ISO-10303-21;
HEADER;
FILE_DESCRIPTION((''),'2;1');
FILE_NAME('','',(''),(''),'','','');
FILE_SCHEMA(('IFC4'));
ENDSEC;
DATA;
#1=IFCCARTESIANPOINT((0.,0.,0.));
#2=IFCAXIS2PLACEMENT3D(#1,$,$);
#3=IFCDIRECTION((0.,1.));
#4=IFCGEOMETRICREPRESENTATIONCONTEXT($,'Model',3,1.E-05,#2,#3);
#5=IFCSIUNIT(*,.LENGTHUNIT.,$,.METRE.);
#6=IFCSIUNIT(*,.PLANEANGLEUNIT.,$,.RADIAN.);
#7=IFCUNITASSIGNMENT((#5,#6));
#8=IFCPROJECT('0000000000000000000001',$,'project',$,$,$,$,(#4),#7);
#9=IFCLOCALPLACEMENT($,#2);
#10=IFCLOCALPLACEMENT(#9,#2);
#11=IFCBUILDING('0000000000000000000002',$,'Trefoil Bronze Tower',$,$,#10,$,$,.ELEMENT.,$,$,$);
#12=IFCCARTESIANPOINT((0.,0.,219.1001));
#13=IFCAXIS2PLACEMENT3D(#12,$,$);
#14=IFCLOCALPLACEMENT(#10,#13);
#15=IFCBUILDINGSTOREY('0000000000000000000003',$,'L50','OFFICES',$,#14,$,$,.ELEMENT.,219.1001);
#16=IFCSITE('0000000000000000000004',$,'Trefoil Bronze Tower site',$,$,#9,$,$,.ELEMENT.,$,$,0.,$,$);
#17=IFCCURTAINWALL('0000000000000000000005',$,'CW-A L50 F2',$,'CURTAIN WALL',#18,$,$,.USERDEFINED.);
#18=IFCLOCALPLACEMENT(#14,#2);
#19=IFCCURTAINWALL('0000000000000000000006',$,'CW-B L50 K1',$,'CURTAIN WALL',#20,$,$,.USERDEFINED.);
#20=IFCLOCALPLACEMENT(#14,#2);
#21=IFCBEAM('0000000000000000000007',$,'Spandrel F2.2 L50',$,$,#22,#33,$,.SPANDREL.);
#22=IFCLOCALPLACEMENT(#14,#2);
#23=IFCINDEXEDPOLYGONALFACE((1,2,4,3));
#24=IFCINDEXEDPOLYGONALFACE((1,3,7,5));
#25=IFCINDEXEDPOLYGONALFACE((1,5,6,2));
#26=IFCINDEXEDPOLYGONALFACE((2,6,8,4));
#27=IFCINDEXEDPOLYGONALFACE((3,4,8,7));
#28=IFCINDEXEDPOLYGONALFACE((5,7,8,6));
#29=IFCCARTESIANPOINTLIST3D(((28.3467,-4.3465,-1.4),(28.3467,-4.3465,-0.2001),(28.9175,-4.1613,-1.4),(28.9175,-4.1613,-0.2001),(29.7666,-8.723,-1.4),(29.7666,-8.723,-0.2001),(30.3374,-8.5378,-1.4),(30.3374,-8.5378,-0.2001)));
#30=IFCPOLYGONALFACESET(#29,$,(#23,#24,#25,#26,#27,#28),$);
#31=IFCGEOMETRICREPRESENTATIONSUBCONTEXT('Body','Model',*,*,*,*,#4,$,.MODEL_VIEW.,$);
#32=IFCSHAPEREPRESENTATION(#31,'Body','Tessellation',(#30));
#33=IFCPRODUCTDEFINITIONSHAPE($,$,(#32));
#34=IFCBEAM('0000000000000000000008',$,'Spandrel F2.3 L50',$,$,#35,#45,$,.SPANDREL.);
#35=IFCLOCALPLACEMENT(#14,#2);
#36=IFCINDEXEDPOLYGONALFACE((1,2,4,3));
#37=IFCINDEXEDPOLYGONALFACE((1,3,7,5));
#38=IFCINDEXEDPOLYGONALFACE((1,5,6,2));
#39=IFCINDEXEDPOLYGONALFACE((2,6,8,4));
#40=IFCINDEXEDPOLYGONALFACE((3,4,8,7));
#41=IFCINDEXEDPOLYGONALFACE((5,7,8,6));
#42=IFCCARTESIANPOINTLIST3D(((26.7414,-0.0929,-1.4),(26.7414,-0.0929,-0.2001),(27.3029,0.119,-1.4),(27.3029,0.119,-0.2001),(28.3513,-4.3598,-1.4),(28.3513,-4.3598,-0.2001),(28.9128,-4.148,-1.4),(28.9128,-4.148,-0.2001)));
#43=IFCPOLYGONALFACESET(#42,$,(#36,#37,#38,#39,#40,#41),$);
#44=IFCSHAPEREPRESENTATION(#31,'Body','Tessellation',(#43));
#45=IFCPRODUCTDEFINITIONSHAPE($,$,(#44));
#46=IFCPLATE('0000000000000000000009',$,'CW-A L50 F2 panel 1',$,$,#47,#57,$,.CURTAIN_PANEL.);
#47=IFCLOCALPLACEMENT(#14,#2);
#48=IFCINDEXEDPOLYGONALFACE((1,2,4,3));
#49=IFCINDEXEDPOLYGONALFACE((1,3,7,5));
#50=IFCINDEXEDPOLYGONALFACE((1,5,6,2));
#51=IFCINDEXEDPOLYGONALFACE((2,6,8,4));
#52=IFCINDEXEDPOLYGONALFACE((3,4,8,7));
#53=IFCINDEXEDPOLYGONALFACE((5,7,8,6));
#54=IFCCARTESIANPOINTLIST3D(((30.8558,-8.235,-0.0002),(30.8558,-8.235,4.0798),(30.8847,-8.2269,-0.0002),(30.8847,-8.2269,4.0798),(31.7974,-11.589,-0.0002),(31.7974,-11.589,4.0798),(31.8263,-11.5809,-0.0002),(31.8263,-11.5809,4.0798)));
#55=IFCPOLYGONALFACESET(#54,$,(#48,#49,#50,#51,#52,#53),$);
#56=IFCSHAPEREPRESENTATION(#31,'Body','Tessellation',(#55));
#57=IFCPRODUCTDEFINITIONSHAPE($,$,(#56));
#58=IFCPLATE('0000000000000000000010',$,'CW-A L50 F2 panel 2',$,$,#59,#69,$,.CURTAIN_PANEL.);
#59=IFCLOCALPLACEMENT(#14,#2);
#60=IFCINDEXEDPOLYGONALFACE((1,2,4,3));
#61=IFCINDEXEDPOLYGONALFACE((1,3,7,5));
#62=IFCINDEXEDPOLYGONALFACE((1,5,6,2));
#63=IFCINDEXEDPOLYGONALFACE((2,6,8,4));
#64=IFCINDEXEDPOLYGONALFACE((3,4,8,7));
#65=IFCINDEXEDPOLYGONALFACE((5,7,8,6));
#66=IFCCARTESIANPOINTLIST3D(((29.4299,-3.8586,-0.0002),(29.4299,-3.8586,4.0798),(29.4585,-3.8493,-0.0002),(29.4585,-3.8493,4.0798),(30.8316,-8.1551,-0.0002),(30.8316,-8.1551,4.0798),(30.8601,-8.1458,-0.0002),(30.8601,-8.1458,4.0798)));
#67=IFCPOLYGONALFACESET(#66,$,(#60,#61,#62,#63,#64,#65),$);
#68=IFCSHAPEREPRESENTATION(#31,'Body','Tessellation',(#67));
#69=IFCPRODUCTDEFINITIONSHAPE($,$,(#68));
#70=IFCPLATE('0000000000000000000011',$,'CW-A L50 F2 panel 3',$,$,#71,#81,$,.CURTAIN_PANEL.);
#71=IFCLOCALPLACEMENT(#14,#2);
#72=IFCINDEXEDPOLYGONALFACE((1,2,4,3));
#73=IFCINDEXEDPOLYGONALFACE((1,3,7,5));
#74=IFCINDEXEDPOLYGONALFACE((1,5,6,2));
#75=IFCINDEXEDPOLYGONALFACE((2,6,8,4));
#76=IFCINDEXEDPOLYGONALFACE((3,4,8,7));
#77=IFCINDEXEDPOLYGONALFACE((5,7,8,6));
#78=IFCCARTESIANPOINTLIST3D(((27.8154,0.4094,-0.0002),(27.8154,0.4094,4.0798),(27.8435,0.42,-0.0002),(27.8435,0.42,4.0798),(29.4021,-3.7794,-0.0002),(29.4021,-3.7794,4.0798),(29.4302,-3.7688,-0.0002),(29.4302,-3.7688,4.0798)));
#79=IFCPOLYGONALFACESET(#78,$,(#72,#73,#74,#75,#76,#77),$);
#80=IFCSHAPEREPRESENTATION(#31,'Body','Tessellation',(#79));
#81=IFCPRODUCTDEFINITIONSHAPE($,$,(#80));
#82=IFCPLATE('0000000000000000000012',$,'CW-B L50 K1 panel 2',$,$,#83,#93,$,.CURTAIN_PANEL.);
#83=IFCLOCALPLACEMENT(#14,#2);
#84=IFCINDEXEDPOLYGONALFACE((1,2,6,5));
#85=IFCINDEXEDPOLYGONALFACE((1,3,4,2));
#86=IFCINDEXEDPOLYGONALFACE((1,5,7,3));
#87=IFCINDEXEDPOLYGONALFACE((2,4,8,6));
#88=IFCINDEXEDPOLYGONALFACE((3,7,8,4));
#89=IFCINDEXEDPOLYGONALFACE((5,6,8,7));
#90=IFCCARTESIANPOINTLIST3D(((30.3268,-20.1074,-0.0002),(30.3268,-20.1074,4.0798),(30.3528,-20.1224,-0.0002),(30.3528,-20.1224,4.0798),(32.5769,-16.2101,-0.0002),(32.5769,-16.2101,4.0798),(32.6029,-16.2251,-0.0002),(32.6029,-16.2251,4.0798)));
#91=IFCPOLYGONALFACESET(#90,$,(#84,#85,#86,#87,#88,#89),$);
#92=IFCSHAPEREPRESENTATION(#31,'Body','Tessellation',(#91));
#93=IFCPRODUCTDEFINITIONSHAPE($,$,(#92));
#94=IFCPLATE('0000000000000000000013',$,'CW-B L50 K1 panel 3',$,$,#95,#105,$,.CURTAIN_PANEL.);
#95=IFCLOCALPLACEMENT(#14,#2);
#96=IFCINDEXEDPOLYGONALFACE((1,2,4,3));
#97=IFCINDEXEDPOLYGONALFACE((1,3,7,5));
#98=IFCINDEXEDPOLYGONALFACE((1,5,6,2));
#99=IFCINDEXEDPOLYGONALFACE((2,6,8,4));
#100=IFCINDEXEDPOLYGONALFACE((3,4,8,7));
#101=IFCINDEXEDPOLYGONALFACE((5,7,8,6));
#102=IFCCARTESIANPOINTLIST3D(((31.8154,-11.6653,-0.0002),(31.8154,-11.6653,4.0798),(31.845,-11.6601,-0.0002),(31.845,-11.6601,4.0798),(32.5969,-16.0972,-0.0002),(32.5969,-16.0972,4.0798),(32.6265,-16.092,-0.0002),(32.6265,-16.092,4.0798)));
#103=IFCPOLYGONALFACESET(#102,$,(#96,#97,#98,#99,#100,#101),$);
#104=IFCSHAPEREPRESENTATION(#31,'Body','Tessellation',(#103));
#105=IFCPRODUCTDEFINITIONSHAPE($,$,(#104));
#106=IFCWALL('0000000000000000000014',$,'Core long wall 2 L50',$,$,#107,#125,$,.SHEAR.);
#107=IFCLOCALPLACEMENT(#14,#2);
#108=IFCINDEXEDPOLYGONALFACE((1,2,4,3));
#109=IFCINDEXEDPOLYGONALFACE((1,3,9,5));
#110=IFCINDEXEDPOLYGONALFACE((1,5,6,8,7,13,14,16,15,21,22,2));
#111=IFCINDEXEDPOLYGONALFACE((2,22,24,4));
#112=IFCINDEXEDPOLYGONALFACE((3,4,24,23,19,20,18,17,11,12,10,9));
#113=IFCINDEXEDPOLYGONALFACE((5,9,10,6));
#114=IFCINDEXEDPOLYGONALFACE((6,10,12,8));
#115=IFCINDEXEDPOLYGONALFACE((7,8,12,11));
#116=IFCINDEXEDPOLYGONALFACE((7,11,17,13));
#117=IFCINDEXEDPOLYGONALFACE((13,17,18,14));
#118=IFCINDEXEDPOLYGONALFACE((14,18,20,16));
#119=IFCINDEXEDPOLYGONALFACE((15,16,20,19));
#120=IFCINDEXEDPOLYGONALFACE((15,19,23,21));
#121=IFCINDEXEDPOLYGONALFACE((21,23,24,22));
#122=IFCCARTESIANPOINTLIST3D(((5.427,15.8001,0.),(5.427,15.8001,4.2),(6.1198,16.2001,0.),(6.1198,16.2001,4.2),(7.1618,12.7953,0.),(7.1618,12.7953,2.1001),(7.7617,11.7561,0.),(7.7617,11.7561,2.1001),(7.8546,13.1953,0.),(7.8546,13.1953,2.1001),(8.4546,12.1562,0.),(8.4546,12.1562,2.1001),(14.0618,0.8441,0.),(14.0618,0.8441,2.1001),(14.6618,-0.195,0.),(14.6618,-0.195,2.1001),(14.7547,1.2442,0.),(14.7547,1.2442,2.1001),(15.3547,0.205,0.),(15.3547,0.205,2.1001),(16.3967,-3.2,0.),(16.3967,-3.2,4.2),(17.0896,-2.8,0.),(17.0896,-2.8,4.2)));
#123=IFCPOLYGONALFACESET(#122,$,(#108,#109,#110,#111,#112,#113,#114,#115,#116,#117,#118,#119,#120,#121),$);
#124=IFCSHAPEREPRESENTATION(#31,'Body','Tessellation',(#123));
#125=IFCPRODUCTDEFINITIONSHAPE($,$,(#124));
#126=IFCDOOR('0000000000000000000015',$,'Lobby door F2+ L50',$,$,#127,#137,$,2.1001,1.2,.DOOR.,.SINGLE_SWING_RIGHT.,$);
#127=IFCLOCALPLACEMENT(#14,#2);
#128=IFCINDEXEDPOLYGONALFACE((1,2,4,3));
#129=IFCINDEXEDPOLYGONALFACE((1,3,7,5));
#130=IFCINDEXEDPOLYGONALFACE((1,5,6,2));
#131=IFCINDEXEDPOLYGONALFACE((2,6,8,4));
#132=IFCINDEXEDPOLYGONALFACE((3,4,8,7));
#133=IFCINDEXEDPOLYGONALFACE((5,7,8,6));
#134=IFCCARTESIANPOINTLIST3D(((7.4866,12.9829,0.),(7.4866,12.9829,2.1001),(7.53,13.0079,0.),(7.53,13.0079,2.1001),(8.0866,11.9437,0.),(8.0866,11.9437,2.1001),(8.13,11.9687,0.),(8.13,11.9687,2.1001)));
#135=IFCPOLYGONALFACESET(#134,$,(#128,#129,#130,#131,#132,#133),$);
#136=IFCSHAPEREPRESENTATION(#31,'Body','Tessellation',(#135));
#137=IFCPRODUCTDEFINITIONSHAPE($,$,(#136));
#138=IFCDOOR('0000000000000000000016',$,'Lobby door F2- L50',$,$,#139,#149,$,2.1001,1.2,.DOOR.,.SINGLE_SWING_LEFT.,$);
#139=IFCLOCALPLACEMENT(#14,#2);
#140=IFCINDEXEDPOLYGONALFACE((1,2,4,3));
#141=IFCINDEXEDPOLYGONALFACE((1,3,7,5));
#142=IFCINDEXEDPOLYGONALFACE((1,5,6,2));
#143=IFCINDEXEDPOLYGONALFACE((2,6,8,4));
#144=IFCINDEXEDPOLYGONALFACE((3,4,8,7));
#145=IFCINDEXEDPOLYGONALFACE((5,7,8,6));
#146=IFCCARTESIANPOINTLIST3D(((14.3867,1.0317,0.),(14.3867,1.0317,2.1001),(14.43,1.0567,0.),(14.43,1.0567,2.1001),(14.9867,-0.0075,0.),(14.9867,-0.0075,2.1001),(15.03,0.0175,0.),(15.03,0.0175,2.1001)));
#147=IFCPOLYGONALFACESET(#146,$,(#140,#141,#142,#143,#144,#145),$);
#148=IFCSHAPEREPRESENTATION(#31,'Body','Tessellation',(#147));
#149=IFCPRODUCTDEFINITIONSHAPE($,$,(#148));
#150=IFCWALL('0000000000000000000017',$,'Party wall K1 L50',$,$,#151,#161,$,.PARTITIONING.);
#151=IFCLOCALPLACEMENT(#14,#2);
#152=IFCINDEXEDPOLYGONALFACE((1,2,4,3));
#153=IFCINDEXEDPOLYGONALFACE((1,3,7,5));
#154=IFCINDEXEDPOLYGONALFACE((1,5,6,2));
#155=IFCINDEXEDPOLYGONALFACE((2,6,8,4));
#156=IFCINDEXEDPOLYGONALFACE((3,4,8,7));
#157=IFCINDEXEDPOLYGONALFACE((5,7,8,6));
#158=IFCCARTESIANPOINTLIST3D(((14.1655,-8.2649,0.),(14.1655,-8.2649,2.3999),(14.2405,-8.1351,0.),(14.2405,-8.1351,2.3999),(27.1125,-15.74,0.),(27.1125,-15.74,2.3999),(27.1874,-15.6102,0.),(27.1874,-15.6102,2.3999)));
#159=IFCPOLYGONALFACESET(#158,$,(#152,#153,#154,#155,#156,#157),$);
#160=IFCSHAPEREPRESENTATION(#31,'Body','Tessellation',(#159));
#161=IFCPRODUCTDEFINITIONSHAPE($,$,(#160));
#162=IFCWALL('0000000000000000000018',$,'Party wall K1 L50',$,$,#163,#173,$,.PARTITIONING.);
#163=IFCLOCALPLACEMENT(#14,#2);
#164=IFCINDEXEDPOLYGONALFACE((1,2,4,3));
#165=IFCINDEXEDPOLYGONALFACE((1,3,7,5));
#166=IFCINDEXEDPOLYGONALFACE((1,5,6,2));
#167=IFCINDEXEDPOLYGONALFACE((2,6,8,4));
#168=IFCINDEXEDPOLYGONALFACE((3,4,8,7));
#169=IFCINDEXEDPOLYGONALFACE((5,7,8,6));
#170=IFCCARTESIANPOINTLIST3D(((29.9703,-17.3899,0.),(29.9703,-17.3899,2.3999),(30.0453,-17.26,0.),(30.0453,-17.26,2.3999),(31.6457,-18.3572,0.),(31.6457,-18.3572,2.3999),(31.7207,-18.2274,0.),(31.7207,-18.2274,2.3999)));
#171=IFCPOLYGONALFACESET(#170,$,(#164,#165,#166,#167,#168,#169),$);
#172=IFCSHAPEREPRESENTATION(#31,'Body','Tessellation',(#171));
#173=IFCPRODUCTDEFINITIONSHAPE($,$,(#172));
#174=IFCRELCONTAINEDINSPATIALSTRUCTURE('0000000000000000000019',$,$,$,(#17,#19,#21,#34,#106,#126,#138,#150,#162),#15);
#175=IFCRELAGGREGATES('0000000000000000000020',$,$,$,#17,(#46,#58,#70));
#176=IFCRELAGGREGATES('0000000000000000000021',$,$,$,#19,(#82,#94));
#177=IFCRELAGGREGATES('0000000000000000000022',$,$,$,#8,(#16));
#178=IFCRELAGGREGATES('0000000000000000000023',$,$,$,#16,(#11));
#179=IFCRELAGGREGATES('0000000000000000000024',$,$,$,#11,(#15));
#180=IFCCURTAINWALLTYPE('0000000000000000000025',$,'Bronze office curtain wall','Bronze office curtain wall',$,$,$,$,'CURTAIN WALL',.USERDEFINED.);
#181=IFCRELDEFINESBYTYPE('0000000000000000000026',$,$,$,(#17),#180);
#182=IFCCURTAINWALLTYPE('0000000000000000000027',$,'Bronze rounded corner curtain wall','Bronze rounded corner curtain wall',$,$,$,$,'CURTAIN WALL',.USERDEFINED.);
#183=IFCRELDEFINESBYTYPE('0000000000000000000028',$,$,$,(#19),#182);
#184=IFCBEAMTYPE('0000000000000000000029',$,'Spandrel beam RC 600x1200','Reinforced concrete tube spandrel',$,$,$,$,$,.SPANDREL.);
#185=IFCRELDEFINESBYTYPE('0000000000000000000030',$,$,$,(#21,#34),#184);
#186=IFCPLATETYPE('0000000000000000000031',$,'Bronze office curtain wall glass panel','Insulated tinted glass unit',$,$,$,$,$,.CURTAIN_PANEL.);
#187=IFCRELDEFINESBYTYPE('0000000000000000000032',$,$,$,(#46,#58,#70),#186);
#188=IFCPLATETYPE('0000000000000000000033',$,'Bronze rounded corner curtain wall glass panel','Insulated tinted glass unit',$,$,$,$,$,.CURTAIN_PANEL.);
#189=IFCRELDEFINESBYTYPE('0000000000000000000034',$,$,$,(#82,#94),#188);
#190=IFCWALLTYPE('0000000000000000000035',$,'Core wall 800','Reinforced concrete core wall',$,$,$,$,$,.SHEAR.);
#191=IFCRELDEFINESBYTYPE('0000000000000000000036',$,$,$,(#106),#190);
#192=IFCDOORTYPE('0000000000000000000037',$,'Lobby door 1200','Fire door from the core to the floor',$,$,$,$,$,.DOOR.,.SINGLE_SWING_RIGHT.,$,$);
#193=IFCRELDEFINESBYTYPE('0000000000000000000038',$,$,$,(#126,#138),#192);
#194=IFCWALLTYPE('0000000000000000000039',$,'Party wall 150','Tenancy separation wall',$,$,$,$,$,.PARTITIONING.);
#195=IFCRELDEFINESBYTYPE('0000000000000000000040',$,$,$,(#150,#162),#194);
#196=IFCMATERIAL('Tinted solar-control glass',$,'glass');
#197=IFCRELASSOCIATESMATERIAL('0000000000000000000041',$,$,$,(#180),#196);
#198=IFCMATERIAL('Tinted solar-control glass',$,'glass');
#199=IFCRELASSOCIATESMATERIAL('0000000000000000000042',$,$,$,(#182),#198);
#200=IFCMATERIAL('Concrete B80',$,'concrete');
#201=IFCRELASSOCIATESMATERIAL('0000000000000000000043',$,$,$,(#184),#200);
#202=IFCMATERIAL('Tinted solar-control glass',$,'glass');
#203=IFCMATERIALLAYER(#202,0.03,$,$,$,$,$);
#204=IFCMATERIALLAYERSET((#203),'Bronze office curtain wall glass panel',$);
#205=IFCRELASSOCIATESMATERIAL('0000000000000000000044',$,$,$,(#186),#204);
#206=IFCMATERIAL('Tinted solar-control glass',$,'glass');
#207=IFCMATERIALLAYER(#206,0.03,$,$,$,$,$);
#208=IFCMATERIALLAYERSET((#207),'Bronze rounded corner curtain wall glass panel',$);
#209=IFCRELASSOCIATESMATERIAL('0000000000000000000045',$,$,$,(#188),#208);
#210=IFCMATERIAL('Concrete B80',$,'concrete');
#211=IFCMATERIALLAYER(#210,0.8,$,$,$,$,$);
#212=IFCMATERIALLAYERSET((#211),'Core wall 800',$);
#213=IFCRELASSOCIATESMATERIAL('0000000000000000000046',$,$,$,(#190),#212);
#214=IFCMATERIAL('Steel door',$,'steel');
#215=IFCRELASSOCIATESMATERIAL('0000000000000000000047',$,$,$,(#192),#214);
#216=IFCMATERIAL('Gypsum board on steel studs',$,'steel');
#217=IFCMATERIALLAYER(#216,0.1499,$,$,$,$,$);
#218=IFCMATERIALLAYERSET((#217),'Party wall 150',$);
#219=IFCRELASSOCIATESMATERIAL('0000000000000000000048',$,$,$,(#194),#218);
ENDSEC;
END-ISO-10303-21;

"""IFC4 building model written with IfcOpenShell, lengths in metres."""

from ifc_helpers import new_model, si_unit, direction, frame, frame_2d, origin, origin_2d, place, context, subcontext, project, spatial, rectangle, extrude, material, layer, layer_set, material_profile, profile_set, type_object, element, fill, aggregate, save


model = new_model("IFC4")

# Units and contexts
model_context = context("Model", 3, precision=1e-05, world=origin(), true_north=direction((0.0, 1.0)))
body_context = subcontext(model_context, "Body", "Model", "MODEL_VIEW")
ifc_project = project(units=[si_unit("LENGTHUNIT", "METRE"), si_unit("PLANEANGLEUNIT", "RADIAN")], contexts=[model_context])

# Site, building, storey
site_placement = place(None, origin())
site = spatial("IfcSite", under=ifc_project, at=site_placement, Name="Trefoil Bronze Tower site", CompositionType="ELEMENT", RefElevation=0.0)
building_placement = place(site_placement, origin())
building = spatial("IfcBuilding", under=site, at=building_placement, Name="Trefoil Bronze Tower", CompositionType="ELEMENT")
storey_placement = place(building_placement, frame((0.0, 0.0, 219.1001)))
storey = spatial("IfcBuildingStorey", under=building, at=storey_placement, Name="L50", Description="OFFICES", CompositionType="ELEMENT", Elevation=219.1001)

# Curtain walls
ifc_material_1 = material(Name="Tinted solar-control glass", Category="glass")
curtain_wall_type_1 = type_object("IfcCurtainWallType", Name="Bronze office curtain wall", Description="Bronze office curtain wall", ElementType="CURTAIN WALL", PredefinedType="USERDEFINED", material=ifc_material_1)
curtain_wall_1_placement = place(storey_placement, origin())
curtain_wall_1 = element("IfcCurtainWall", 1, at=curtain_wall_1_placement, inside=storey, type_object=curtain_wall_type_1, Name="CW-A L50 F2", ObjectType="CURTAIN WALL", PredefinedType="USERDEFINED")
ifc_material_2 = material(Name="Tinted solar-control glass", Category="glass")
curtain_wall_type_2 = type_object("IfcCurtainWallType", Name="Bronze rounded corner curtain wall", Description="Bronze rounded corner curtain wall", ElementType="CURTAIN WALL", PredefinedType="USERDEFINED", material=ifc_material_2)
curtain_wall_2_placement = place(storey_placement, origin())
curtain_wall_2 = element("IfcCurtainWall", 2, at=curtain_wall_2_placement, inside=storey, type_object=curtain_wall_type_2, Name="CW-B L50 K1", ObjectType="CURTAIN WALL", PredefinedType="USERDEFINED")

# Beams
ifc_material_3 = material(Name="Concrete B80", Category="concrete")
ifc_material_profile_1 = material_profile(ifc_material_3, rectangle(XDim=0.6001, YDim=1.2, at=origin_2d()), Name="RC 600x1200")
ifc_profile_set_1 = profile_set([ifc_material_profile_1], Name="Concrete B80")
beam_type_1 = type_object("IfcBeamType", Name="Spandrel beam RC 600x1200", Description="Reinforced concrete tube spandrel", PredefinedType="SPANDREL", material=ifc_profile_set_1)
beam_1_placement = place(storey_placement, frame((30.052, -8.6304, -0.8), z_axis=(-0.308609, 0.951189, 0.0), x_axis=(-0.951189, -0.308609, 0.0)))
element("IfcBeam", 3, at=beam_1_placement, inside=storey, type_object=beam_type_1, Name="Spandrel F2.2 L50", PredefinedType="SPANDREL", context=body_context, shape_type="SweptSolid", body=[
    extrude(rectangle(XDim=0.6001, YDim=1.2, at=origin_2d()), origin(), (0.0, 0.0, 1.0), 4.6011),
])
beam_2_placement = place(storey_placement, frame((28.6321, -4.2539, -0.8), z_axis=(-0.353006, 0.935621, 0.0), x_axis=(-0.935621, -0.353006, 0.0)))
element("IfcBeam", 4, at=beam_2_placement, inside=storey, type_object=beam_type_1, Name="Spandrel F2.3 L50", PredefinedType="SPANDREL", context=body_context, shape_type="SweptSolid", body=[
    extrude(rectangle(XDim=0.6001, YDim=1.2, at=origin_2d()), origin(), (0.0, 0.0, 1.0), 4.5605),
])

# Plates
ifc_material_4 = material(Name="Tinted solar-control glass", Category="glass")
ifc_layer_1 = layer(ifc_material_4, 0.03)
ifc_layer_set_1 = layer_set([ifc_layer_1], Name="Bronze office curtain wall glass panel")
plate_type_1 = type_object("IfcPlateType", Name="Bronze office curtain wall glass panel", Description="Insulated tinted glass unit", PredefinedType="CURTAIN_PANEL", material=ifc_layer_set_1)
plate_1_placement = place(storey_placement, frame((31.3411, -9.908, -0.0002), z_axis=(0.0, 0.0, 1.0), x_axis=(-0.270282, 0.962781, 0.0)))
plate_1 = element("IfcPlate", 5, at=plate_1_placement, type_object=plate_type_1, Name="CW-A L50 F2 panel 1", PredefinedType="CURTAIN_PANEL", context=body_context, shape_type="SweptSolid", body=[
    extrude(rectangle(XDim=3.4836, YDim=0.03, at=origin_2d()), origin(), (0.0, 0.0, 1.0), 4.0801),
])
plate_2_placement = place(storey_placement, frame((30.145, -6.0022, -0.0002), z_axis=(0.0, 0.0, 1.0), x_axis=(-0.310149, 0.950688, 0.0)))
plate_2 = element("IfcPlate", 6, at=plate_2_placement, type_object=plate_type_1, Name="CW-A L50 F2 panel 2", PredefinedType="CURTAIN_PANEL", context=body_context, shape_type="SweptSolid", body=[
    extrude(rectangle(XDim=4.5193, YDim=0.03, at=origin_2d()), origin(), (0.0, 0.0, 1.0), 4.0801),
])
plate_3_placement = place(storey_placement, frame((28.6228, -1.6797, -0.0002), z_axis=(0.0, 0.0, 1.0), x_axis=(-0.354234, 0.935157, 0.0)))
plate_3 = element("IfcPlate", 7, at=plate_3_placement, type_object=plate_type_1, Name="CW-A L50 F2 panel 3", PredefinedType="CURTAIN_PANEL", context=body_context, shape_type="SweptSolid", body=[
    extrude(rectangle(XDim=4.4792, YDim=0.03, at=origin_2d()), origin(), (0.0, 0.0, 1.0), 4.0801),
])
aggregate(curtain_wall_1, [plate_1, plate_2, plate_3])
ifc_material_5 = material(Name="Tinted solar-control glass", Category="glass")
ifc_layer_2 = layer(ifc_material_5, 0.03)
ifc_layer_set_2 = layer_set([ifc_layer_2], Name="Bronze rounded corner curtain wall glass panel")
plate_type_2 = type_object("IfcPlateType", Name="Bronze rounded corner curtain wall glass panel", Description="Insulated tinted glass unit", PredefinedType="CURTAIN_PANEL", material=ifc_layer_set_2)
plate_4_placement = place(storey_placement, frame((31.4648, -18.1663, -0.0002), z_axis=(0.0, 0.0, 1.0), x_axis=(0.5, 0.866025, 0.0)))
plate_4 = element("IfcPlate", 8, at=plate_4_placement, type_object=plate_type_2, Name="CW-B L50 K1 panel 2", PredefinedType="CURTAIN_PANEL", context=body_context, shape_type="SweptSolid", body=[
    extrude(rectangle(XDim=4.5002, YDim=0.03, at=origin_2d()), origin(), (0.0, 0.0, 1.0), 4.0801),
])
plate_5_placement = place(storey_placement, frame((32.2209, -13.8787, -0.0002), z_axis=(0.0, 0.0, 1.0), x_axis=(-0.173648, 0.984808, 0.0)))
plate_5 = element("IfcPlate", 9, at=plate_5_placement, type_object=plate_type_2, Name="CW-B L50 K1 panel 3", PredefinedType="CURTAIN_PANEL", context=body_context, shape_type="SweptSolid", body=[
    extrude(rectangle(XDim=4.5002, YDim=0.03, at=origin_2d()), origin(), (0.0, 0.0, 1.0), 4.0801),
])
aggregate(curtain_wall_2, [plate_4, plate_5])

# Wall, openings, doors
ifc_material_6 = material(Name="Concrete B80", Category="concrete")
ifc_layer_3 = layer(ifc_material_6, 0.8)
ifc_layer_set_3 = layer_set([ifc_layer_3], Name="Core wall 800")
wall_type_1 = type_object("IfcWallType", Name="Core wall 800", Description="Reinforced concrete core wall", PredefinedType="SHEAR", material=ifc_layer_set_3)
wall_1_placement = place(storey_placement, frame((16.7432, -3.0, 0.0), z_axis=(0.0, 0.0, 1.0), x_axis=(-0.500002, 0.866024, 0.0)))
wall_1 = element("IfcWall", 10, at=wall_1_placement, inside=storey, type_object=wall_type_1, Name="Core long wall 2 L50", PredefinedType="SHEAR", context=body_context, shape_type="SweptSolid", body=[
    extrude(rectangle(XDim=21.9395, YDim=0.8, at=frame_2d((10.9697, 0.0))), origin(), (0.0, 0.0, 1.0), 4.2),
])
opening_1_placement = place(wall_1_placement, frame((17.2698, 0.0, 0.0)))
opening_1 = element("IfcOpeningElement", 11, at=opening_1_placement, cuts=wall_1, PredefinedType="OPENING", context=body_context, shape_type="SweptSolid", body=[
    extrude(rectangle(XDim=1.2, YDim=2.1001, at=frame_2d((0.6001, 1.05))), frame((0.0, 0.4099, 0.0), z_axis=(0.0, -1.0, 0.0), x_axis=(1.0, 0.0, 0.0)), (0.0, 0.0, 1.0), 0.8201),
])
opening_2_placement = place(wall_1_placement, frame((3.4697, 0.0, 0.0)))
opening_2 = element("IfcOpeningElement", 12, at=opening_2_placement, cuts=wall_1, PredefinedType="OPENING", context=body_context, shape_type="SweptSolid", body=[
    extrude(rectangle(XDim=1.2, YDim=2.1001, at=frame_2d((0.6001, 1.05))), frame((0.0, 0.4099, 0.0), z_axis=(0.0, -1.0, 0.0), x_axis=(1.0, 0.0, 0.0)), (0.0, 0.0, 1.0), 0.8201),
])
ifc_material_7 = material(Name="Steel door", Category="steel")
door_type = type_object("IfcDoorType", Name="Lobby door 1200", Description="Fire door from the core to the floor", OperationType="SINGLE_SWING_RIGHT", PredefinedType="DOOR", material=ifc_material_7)
door_1_placement = place(opening_1_placement, origin())
door_1 = element("IfcDoor", 13, at=door_1_placement, inside=storey, type_object=door_type, Name="Lobby door F2+ L50", OperationType="SINGLE_SWING_RIGHT", OverallHeight=2.1001, OverallWidth=1.2, PredefinedType="DOOR", context=body_context, shape_type="SweptSolid", body=[
    extrude(rectangle(XDim=1.2, YDim=2.1001, at=frame_2d((0.6001, 1.05))), frame((0.0, 0.0249, 0.0), z_axis=(0.0, -1.0, 0.0), x_axis=(1.0, 0.0, 0.0)), (0.0, 0.0, 1.0), 0.05),
])
fill(opening_1, door_1)
door_2_placement = place(opening_2_placement, origin())
door_2 = element("IfcDoor", 14, at=door_2_placement, inside=storey, type_object=door_type, Name="Lobby door F2- L50", OperationType="SINGLE_SWING_LEFT", OverallHeight=2.1001, OverallWidth=1.2, PredefinedType="DOOR", context=body_context, shape_type="SweptSolid", body=[
    extrude(rectangle(XDim=1.2, YDim=2.1001, at=frame_2d((0.6001, 1.05))), frame((0.0, 0.0249, 0.0), z_axis=(0.0, -1.0, 0.0), x_axis=(1.0, 0.0, 0.0)), (0.0, 0.0, 1.0), 0.05),
])
fill(opening_2, door_2)

# Walls
ifc_material_8 = material(Name="Gypsum board on steel studs", Category="steel")
ifc_layer_4 = layer(ifc_material_8, 0.1499)
ifc_layer_set_4 = layer_set([ifc_layer_4], Name="Party wall 150")
wall_type_2 = type_object("IfcWallType", Name="Party wall 150", Description="Tenancy separation wall", PredefinedType="PARTITIONING", material=ifc_layer_set_4)
wall_2_placement = place(storey_placement, frame((14.2029, -8.2, 0.0), z_axis=(0.0, 0.0, 1.0), x_axis=(0.866022, -0.500007, 0.0)))
element("IfcWall", 15, at=wall_2_placement, inside=storey, type_object=wall_type_2, Name="Party wall K1 L50", PredefinedType="PARTITIONING", context=body_context, shape_type="SweptSolid", body=[
    extrude(rectangle(XDim=14.95, YDim=0.1499, at=frame_2d((7.4751, 0.0))), origin(), (0.0, 0.0, 1.0), 2.3999),
])
wall_3_placement = place(storey_placement, frame((30.0078, -17.325, 0.0), z_axis=(0.0, 0.0, 1.0), x_axis=(0.866013, -0.500021, 0.0)))
element("IfcWall", 16, at=wall_3_placement, inside=storey, type_object=wall_type_2, Name="Party wall K1 L50", PredefinedType="PARTITIONING", context=body_context, shape_type="SweptSolid", body=[
    extrude(rectangle(XDim=1.9346, YDim=0.1499, at=frame_2d((0.9673, 0.0))), origin(), (0.0, 0.0, 1.0), 2.3999),
])

save(model, "model.ifc")
